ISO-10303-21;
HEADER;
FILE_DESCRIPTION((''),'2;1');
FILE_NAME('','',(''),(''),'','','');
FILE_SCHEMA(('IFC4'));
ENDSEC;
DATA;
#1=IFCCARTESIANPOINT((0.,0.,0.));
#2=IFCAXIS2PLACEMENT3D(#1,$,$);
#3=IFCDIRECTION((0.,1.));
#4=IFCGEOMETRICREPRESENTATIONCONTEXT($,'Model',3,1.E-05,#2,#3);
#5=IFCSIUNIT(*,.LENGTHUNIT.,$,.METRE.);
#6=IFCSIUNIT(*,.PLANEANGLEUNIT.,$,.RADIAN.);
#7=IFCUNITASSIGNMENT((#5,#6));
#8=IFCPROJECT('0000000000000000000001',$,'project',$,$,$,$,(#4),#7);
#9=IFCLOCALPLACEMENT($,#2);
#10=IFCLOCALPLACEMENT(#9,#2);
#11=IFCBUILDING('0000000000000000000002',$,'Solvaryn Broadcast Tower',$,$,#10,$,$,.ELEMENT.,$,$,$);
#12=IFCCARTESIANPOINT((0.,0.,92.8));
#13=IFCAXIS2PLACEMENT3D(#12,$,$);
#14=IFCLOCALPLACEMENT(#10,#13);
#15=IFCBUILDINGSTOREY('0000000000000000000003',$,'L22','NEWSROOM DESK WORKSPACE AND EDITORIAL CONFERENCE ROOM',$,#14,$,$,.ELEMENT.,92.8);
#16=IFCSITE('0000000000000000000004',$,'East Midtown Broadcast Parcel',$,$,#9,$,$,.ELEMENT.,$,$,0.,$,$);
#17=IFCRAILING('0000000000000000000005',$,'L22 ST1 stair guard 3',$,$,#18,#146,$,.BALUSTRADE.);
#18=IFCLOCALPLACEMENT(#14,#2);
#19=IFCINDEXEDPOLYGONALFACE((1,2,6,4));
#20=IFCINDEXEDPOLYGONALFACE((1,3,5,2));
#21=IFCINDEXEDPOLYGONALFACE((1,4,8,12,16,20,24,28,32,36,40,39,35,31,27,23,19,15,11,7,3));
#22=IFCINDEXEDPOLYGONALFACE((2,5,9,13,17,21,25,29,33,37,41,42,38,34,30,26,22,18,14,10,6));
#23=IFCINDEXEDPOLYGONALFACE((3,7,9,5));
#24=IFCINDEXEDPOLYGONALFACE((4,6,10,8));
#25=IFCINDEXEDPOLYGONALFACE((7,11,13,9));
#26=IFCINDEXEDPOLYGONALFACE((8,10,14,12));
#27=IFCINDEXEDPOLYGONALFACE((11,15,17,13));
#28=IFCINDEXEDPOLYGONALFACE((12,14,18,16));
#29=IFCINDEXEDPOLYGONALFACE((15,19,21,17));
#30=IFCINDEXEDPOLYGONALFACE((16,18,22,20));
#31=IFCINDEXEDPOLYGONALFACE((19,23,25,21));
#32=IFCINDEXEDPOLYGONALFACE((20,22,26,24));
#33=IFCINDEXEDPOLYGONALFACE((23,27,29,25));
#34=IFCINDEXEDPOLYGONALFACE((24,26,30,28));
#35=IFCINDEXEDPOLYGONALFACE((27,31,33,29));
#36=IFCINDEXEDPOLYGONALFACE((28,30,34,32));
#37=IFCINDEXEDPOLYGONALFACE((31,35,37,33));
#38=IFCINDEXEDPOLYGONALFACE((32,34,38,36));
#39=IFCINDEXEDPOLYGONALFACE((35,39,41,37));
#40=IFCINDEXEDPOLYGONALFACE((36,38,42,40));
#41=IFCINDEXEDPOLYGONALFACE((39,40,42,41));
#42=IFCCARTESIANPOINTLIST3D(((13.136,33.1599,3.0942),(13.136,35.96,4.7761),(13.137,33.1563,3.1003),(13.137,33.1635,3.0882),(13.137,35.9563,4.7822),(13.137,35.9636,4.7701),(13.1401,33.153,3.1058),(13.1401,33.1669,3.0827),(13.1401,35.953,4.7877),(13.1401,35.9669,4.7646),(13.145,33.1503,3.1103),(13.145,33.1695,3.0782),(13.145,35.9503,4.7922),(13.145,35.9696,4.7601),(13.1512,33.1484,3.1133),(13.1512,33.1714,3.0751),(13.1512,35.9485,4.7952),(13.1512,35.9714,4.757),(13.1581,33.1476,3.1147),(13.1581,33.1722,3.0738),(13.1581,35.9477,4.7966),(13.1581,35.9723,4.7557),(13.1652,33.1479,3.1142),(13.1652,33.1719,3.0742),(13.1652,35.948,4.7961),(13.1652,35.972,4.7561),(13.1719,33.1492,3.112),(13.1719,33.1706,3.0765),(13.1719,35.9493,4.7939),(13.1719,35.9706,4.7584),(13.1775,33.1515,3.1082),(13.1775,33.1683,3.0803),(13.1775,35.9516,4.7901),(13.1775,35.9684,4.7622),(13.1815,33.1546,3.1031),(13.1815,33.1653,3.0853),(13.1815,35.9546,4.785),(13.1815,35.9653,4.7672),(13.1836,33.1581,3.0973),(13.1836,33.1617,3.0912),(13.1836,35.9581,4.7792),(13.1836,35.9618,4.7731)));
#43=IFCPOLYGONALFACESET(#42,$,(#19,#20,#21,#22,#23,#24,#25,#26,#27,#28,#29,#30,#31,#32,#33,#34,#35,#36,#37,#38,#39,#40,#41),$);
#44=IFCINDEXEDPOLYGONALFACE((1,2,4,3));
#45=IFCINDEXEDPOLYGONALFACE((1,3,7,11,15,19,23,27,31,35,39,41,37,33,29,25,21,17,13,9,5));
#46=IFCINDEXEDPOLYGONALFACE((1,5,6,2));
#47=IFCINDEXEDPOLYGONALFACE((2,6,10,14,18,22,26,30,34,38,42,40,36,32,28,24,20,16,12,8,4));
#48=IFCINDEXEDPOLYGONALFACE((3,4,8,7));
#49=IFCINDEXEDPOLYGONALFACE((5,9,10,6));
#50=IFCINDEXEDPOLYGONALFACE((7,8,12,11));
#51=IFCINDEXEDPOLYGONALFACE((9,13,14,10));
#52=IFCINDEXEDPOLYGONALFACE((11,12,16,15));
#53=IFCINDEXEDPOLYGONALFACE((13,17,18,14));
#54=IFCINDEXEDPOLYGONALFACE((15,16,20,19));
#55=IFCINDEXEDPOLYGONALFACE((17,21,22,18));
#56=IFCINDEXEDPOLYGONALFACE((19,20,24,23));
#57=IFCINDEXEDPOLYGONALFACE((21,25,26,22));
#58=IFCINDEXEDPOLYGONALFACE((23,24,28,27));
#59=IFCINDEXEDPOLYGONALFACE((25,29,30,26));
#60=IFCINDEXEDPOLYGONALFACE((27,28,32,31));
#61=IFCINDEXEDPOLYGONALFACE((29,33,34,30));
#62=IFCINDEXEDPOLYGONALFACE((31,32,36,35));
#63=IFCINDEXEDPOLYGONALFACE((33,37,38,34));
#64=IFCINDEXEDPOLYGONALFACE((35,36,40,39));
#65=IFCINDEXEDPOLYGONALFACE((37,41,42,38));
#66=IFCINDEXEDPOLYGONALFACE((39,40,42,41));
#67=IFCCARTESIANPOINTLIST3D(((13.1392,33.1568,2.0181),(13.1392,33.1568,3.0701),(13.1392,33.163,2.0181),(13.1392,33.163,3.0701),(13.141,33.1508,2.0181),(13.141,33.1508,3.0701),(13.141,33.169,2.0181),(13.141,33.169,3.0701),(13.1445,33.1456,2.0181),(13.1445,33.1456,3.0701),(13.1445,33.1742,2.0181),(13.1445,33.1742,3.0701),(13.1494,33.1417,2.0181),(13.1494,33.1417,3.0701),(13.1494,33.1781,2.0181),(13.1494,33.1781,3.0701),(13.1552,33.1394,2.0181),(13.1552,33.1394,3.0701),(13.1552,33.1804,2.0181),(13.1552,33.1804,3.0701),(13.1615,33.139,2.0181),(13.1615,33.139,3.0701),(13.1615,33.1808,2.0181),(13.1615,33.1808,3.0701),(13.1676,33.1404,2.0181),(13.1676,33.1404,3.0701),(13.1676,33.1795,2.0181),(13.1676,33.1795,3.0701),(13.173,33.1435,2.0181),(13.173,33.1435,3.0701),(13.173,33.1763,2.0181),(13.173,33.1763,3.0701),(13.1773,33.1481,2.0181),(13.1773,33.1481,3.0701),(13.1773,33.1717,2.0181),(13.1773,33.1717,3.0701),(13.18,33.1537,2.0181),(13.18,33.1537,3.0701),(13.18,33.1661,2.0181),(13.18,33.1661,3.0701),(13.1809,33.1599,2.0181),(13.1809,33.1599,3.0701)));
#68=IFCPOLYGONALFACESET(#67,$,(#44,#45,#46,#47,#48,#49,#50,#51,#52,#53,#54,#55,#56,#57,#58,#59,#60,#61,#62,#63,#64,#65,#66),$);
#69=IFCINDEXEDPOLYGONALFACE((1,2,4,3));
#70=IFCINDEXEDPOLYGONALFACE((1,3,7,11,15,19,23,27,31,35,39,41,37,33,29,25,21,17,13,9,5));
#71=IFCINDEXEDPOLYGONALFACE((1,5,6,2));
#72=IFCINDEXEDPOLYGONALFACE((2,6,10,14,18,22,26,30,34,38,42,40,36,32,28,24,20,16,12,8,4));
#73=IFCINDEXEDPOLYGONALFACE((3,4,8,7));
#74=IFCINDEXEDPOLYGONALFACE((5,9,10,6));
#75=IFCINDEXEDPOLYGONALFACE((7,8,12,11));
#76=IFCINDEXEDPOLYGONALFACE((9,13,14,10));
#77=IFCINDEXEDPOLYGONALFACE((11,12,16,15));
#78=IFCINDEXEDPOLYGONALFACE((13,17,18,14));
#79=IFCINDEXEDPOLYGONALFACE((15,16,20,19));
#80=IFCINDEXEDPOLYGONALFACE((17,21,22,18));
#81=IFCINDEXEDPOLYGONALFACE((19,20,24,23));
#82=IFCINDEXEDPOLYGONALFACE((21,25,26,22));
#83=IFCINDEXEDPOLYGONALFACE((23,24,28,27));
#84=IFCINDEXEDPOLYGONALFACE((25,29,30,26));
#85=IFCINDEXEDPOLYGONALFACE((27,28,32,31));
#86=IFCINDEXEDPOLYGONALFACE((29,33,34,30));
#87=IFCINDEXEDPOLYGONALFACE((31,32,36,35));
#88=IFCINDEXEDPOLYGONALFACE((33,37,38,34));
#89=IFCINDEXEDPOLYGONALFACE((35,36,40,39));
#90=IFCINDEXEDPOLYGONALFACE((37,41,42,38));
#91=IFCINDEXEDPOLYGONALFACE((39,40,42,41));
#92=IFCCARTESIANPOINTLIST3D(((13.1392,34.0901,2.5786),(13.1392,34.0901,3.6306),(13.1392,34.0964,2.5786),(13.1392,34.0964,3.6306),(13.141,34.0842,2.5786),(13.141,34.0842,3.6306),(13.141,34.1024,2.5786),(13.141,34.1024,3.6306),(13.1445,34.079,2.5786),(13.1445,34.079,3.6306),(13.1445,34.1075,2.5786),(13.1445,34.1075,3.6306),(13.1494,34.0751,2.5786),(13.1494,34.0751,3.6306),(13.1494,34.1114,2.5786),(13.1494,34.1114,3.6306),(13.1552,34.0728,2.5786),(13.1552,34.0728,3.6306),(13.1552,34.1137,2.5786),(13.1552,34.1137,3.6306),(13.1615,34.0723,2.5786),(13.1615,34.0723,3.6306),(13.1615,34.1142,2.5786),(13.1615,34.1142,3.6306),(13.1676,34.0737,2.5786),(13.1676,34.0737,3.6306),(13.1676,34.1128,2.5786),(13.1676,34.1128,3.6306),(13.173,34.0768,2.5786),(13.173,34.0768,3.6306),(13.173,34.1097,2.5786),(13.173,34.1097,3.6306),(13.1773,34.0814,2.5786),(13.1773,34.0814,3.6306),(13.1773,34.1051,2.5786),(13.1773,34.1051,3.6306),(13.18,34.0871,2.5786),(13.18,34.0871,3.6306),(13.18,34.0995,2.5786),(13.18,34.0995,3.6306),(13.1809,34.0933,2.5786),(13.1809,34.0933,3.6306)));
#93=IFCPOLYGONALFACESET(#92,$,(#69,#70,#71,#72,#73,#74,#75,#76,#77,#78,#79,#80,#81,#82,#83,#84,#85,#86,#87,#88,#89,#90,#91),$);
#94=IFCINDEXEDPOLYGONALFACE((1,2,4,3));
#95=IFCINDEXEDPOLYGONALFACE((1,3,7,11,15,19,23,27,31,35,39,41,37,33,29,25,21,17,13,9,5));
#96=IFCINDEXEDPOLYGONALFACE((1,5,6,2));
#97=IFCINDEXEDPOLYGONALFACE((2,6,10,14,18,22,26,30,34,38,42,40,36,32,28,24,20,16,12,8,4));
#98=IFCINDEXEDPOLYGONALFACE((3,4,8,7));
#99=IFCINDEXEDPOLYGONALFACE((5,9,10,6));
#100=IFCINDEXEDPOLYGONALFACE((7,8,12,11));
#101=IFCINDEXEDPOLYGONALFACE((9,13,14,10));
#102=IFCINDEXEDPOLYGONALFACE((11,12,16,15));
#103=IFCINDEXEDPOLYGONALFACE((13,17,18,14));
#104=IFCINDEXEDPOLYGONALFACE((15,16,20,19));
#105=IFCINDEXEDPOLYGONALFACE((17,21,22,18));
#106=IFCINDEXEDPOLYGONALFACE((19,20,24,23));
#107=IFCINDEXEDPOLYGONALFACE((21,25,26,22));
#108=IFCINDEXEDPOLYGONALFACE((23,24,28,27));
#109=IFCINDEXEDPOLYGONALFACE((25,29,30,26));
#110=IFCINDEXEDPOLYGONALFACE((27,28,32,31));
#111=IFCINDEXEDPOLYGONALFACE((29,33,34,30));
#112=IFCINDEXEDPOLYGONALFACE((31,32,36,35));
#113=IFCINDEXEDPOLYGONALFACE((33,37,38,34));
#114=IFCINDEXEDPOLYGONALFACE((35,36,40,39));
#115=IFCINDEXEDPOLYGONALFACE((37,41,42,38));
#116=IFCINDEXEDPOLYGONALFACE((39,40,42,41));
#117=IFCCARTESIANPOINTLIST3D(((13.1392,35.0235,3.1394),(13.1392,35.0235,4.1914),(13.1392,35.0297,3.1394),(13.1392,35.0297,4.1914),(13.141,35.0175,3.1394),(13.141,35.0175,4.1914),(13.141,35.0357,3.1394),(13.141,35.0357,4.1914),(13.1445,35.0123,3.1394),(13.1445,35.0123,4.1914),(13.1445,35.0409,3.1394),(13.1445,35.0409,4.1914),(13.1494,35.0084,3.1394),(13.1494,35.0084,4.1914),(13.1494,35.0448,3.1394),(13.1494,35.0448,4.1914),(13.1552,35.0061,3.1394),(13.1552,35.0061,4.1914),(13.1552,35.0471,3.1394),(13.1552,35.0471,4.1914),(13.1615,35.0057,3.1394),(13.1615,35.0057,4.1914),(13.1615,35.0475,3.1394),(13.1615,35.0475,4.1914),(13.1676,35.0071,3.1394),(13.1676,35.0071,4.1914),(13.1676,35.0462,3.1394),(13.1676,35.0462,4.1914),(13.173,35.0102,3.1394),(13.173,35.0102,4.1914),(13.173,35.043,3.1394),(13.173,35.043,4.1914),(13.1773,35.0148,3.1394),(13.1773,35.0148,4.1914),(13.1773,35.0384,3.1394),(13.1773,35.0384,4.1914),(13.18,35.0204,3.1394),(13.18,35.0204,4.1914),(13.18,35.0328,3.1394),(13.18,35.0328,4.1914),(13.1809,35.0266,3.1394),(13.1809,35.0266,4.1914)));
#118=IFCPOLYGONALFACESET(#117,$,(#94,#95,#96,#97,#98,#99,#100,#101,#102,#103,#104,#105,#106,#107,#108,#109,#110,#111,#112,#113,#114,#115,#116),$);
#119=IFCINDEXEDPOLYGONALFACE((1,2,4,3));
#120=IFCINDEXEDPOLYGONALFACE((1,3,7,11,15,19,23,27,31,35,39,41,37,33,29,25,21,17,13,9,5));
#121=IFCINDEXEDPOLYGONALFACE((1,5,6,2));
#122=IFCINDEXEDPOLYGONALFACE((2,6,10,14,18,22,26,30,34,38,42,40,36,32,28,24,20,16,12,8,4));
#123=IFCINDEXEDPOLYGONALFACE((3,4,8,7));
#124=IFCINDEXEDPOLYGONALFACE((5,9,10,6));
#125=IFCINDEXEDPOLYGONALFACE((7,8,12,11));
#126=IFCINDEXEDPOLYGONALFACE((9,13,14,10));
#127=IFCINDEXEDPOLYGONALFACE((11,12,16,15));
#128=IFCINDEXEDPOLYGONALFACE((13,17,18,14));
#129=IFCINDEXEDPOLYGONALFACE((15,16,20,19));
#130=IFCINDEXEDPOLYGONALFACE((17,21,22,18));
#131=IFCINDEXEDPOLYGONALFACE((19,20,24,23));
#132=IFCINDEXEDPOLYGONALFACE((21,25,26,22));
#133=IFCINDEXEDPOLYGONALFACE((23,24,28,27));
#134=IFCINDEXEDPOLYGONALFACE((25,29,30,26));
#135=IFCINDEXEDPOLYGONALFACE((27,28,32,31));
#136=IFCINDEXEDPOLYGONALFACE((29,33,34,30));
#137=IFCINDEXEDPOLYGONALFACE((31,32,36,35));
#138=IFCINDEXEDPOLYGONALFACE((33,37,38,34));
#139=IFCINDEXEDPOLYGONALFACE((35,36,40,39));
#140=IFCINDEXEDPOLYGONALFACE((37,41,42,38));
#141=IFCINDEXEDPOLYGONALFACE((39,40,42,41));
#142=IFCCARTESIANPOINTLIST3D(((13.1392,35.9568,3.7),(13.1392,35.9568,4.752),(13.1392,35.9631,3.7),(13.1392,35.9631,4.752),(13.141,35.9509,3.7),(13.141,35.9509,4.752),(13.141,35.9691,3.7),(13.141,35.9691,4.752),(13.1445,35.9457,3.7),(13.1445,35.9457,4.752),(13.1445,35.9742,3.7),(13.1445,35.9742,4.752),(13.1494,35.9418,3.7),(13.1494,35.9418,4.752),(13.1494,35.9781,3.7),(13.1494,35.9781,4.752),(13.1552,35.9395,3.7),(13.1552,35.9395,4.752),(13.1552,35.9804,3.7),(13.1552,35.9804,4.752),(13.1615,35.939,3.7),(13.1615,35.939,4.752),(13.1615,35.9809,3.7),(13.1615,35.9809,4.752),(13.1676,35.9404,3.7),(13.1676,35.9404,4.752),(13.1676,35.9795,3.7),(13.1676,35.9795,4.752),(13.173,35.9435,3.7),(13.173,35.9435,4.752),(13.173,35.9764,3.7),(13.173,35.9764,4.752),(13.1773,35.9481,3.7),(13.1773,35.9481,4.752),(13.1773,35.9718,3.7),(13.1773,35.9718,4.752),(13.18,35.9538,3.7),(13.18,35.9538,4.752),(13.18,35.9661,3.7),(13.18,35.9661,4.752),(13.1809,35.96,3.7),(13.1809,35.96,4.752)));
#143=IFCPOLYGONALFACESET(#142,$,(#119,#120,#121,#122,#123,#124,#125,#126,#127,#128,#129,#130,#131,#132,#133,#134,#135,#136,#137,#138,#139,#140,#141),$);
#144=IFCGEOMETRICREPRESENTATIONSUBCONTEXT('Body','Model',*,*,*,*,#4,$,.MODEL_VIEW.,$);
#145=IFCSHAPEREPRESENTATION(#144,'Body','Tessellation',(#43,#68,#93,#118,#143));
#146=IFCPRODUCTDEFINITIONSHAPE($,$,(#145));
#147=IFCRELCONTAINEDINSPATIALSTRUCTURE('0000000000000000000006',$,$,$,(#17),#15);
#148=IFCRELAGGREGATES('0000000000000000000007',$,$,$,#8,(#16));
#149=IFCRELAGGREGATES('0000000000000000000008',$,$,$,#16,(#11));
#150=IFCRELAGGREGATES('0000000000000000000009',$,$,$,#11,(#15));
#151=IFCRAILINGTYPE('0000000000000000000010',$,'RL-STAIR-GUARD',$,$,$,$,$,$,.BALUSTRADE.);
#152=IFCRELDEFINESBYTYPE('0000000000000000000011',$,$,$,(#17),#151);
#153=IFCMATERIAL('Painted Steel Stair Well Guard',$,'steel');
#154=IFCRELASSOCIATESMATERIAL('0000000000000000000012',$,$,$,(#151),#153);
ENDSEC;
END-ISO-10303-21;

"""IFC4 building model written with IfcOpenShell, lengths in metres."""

from ifc_helpers import new_model, si_unit, direction, frame, origin, origin_2d, place, context, subcontext, project, spatial, circle, extrude, material, type_object, element, save


model = new_model("IFC4")

# Units and contexts
model_context = context("Model", 3, precision=1e-05, world=origin(), true_north=direction((0.0, 1.0)))
body_context = subcontext(model_context, "Body", "Model", "MODEL_VIEW")
ifc_project = project(units=[si_unit("LENGTHUNIT", "METRE"), si_unit("PLANEANGLEUNIT", "RADIAN")], contexts=[model_context])

# Site, building, storey
site_placement = place(None, origin())
site = spatial("IfcSite", under=ifc_project, at=site_placement, Name="East Midtown Broadcast Parcel", CompositionType="ELEMENT", RefElevation=0.0)
building_placement = place(site_placement, origin())
building = spatial("IfcBuilding", under=site, at=building_placement, Name="Solvaryn Broadcast Tower", CompositionType="ELEMENT")
storey_placement = place(building_placement, frame((0.0, 0.0, 92.8)))
storey = spatial("IfcBuildingStorey", under=building, at=storey_placement, Name="L22", Description="NEWSROOM DESK WORKSPACE AND EDITORIAL CONFERENCE ROOM", CompositionType="ELEMENT", Elevation=92.8)

# Railing
ifc_material_1 = material(Name="Painted Steel Stair Well Guard", Category="steel")
railing_type_1 = type_object("IfcRailingType", Name="RL-STAIR-GUARD", PredefinedType="BALUSTRADE", material=ifc_material_1)
railing_1_placement = place(storey_placement, frame((13.1599, 33.1599, 2.0181)))
element("IfcRailing", 1, at=railing_1_placement, inside=storey, type_object=railing_type_1, Name="L22 ST1 stair guard 3", PredefinedType="BALUSTRADE", context=body_context, shape_type="SweptSolid", body=[
    extrude(circle(Radius=0.0239, at=origin_2d()), frame((0.0, 0.0, 1.0762), z_axis=(0.0, 0.857242, 0.514913), x_axis=(-1.0, 0.0, 0.0)), (0.0, 0.0, 1.0), 3.2664),
    extrude(circle(Radius=0.021, at=origin_2d()), origin(), (0.0, 0.0, 1.0), 1.052),
    extrude(circle(Radius=0.021, at=origin_2d()), frame((0.0, 0.9333, 0.5605)), (0.0, 0.0, 1.0), 1.052),
    extrude(circle(Radius=0.021, at=origin_2d()), frame((0.0, 1.8667, 1.1213)), (0.0, 0.0, 1.0), 1.052),
    extrude(circle(Radius=0.021, at=origin_2d()), frame((0.0, 2.8, 1.6819)), (0.0, 0.0, 1.0), 1.052),
])

save(model, "model.ifc")
